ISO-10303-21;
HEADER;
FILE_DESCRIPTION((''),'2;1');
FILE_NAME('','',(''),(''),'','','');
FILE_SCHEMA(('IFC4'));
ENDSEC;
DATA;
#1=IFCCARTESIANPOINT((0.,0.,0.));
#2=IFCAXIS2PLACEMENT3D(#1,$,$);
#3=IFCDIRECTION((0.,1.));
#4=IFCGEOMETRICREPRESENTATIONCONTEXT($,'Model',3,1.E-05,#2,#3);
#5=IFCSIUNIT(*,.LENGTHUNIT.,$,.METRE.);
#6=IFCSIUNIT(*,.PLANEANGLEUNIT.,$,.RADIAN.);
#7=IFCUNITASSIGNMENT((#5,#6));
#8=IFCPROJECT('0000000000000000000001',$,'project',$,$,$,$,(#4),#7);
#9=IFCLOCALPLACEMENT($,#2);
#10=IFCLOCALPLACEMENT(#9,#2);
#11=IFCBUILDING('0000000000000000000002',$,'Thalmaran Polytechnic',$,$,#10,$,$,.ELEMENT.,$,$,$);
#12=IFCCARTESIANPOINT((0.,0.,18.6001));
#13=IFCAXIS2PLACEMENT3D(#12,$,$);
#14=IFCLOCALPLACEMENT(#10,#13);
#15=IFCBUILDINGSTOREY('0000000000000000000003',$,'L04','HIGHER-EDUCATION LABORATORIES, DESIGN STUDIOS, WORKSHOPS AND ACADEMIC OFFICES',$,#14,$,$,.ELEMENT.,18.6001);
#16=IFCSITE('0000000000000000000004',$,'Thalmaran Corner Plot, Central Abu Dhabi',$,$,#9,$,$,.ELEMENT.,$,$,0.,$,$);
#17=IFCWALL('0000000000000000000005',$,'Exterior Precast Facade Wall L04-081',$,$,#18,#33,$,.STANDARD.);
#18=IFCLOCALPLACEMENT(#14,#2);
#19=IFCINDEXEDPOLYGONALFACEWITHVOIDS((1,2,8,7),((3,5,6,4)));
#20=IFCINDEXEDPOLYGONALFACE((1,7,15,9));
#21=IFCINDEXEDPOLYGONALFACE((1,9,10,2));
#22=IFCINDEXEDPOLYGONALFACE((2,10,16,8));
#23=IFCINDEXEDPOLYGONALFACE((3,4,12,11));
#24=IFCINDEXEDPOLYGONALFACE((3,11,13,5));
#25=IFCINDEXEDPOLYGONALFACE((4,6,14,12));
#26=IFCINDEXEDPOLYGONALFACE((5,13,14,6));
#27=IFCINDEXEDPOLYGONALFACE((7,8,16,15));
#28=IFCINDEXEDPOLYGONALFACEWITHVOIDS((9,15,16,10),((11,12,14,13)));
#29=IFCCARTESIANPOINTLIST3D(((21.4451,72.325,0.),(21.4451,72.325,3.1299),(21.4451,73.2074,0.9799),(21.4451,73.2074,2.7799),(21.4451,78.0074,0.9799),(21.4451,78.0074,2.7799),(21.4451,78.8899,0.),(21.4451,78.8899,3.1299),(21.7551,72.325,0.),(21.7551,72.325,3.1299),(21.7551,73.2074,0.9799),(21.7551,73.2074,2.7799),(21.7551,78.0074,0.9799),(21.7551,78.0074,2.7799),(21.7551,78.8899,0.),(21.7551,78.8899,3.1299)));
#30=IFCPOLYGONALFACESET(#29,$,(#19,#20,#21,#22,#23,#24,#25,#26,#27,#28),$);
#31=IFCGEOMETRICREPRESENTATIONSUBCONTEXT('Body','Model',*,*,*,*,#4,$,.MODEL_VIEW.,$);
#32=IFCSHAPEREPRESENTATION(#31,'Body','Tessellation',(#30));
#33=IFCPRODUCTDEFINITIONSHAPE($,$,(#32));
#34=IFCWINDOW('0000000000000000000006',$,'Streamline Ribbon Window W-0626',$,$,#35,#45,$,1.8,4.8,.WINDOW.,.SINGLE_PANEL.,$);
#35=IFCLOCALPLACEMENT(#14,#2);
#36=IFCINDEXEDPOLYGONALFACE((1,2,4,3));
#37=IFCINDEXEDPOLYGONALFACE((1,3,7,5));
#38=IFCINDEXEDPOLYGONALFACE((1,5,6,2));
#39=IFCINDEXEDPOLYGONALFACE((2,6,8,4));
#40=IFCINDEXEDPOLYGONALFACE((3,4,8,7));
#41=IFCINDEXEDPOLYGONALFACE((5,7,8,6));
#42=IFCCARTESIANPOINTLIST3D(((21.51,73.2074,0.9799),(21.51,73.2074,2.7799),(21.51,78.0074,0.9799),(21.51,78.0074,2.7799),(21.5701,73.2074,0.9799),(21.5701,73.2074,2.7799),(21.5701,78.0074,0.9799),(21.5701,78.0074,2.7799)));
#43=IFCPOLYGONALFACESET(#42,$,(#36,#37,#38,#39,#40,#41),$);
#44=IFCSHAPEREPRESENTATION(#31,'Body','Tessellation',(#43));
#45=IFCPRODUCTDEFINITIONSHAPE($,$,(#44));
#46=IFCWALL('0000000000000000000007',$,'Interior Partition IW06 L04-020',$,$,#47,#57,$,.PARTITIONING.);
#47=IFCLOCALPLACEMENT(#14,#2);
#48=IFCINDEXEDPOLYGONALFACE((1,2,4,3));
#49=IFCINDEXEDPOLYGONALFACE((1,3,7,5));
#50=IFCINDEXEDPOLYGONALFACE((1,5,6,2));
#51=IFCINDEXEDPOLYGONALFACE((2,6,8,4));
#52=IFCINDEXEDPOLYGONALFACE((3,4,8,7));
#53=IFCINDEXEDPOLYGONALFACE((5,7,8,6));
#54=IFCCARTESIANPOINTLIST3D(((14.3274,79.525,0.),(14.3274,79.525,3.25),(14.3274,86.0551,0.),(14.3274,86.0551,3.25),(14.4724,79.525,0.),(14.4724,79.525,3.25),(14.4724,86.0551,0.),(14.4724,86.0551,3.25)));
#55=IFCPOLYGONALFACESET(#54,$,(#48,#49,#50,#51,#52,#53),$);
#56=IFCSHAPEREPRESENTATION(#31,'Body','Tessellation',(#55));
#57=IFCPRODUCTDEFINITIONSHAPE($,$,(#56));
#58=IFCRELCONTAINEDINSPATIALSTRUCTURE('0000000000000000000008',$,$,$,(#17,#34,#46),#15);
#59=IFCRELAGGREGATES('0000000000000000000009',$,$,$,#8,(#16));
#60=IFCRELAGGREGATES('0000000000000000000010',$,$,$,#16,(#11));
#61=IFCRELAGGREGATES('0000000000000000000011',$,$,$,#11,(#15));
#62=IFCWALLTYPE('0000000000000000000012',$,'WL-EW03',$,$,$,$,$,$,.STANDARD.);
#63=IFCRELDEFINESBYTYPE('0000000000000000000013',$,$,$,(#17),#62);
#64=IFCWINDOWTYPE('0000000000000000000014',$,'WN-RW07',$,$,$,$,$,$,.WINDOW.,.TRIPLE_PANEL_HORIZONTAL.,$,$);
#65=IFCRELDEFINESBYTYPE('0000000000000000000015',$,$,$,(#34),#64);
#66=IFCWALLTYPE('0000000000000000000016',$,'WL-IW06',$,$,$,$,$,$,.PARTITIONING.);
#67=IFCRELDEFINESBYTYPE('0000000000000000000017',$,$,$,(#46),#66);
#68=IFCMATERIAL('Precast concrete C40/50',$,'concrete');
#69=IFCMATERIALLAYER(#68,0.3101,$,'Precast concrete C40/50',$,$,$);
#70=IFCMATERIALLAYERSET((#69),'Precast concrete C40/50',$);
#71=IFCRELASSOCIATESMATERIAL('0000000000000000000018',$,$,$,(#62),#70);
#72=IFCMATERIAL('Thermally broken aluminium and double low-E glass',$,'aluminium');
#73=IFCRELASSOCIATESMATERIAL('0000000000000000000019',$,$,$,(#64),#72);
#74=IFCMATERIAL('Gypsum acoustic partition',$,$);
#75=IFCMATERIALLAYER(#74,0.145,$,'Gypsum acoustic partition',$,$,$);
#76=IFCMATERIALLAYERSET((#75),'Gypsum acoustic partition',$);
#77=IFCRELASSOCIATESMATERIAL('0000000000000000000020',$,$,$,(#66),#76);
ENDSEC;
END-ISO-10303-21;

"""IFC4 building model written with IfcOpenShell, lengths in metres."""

from ifc_helpers import new_model, si_unit, direction, frame, frame_2d, origin, place, context, subcontext, project, spatial, rectangle, extrude, material, layer, layer_set, type_object, element, fill, save


model = new_model("IFC4")

# Units and contexts
model_context = context("Model", 3, precision=1e-05, world=origin(), true_north=direction((0.0, 1.0)))
body_context = subcontext(model_context, "Body", "Model", "MODEL_VIEW")
ifc_project = project(units=[si_unit("LENGTHUNIT", "METRE"), si_unit("PLANEANGLEUNIT", "RADIAN")], contexts=[model_context])

# Site, building, storey
site_placement = place(None, origin())
site = spatial("IfcSite", under=ifc_project, at=site_placement, Name="Thalmaran Corner Plot, Central Abu Dhabi", CompositionType="ELEMENT", RefElevation=0.0)
building_placement = place(site_placement, origin())
building = spatial("IfcBuilding", under=site, at=building_placement, Name="Thalmaran Polytechnic", CompositionType="ELEMENT")
storey_placement = place(building_placement, frame((0.0, 0.0, 18.6001)))
storey = spatial("IfcBuildingStorey", under=building, at=storey_placement, Name="L04", Description="HIGHER-EDUCATION LABORATORIES, DESIGN STUDIOS, WORKSHOPS AND ACADEMIC OFFICES", CompositionType="ELEMENT", Elevation=18.6001)

# Shared definitions
ifc_material_1 = material(Name="Precast concrete C40/50", Category="concrete")
ifc_material_2 = material(Name="Thermally broken aluminium and double low-E glass", Category="aluminium")

# Wall, opening, window
ifc_layer_1 = layer(ifc_material_1, 0.3101, Name="Precast concrete C40/50")
ifc_layer_set_1 = layer_set([ifc_layer_1], Name="Precast concrete C40/50")
wall_type_1 = type_object("IfcWallType", Name="WL-EW03", PredefinedType="STANDARD", material=ifc_layer_set_1)
wall_1_placement = place(storey_placement, frame((21.6001, 78.8899, 0.0), z_axis=(0.0, 0.0, 1.0), x_axis=(0.0, -1.0, 0.0)))
wall_1 = element("IfcWall", 1, at=wall_1_placement, inside=storey, type_object=wall_type_1, Name="Exterior Precast Facade Wall L04-081", PredefinedType="STANDARD", context=body_context, shape_type="SweptSolid", body=[
    extrude(rectangle(XDim=6.5649, YDim=0.3101, at=frame_2d((3.2825, 0.0))), origin(), (0.0, 0.0, 1.0), 3.1299),
])
opening_1_placement = place(wall_1_placement, frame((0.8826, 0.0, 0.98)))
opening_1 = element("IfcOpeningElement", 2, at=opening_1_placement, cuts=wall_1, PredefinedType="OPENING", context=body_context, shape_type="SweptSolid", body=[
    extrude(rectangle(XDim=4.8, YDim=1.8, at=frame_2d((2.3999, 0.8999))), frame((0.0, 0.165, 0.0), z_axis=(0.0, -1.0, 0.0), x_axis=(1.0, 0.0, 0.0)), (0.0, 0.0, 1.0), 0.3301),
])
window_type_1 = type_object("IfcWindowType", Name="WN-RW07", PartitioningType="TRIPLE_PANEL_HORIZONTAL", PredefinedType="WINDOW", material=ifc_material_2)
window_1_placement = place(opening_1_placement, origin())
window_1 = element("IfcWindow", 3, at=window_1_placement, inside=storey, type_object=window_type_1, Name="Streamline Ribbon Window W-0626", OverallHeight=1.8, OverallWidth=4.8, PartitioningType="SINGLE_PANEL", PredefinedType="WINDOW", context=body_context, shape_type="SweptSolid", body=[
    extrude(rectangle(XDim=4.8, YDim=1.8, at=frame_2d((2.3999, 0.8999))), frame((0.0, -0.03, 0.0), z_axis=(0.0, -1.0, 0.0), x_axis=(1.0, 0.0, 0.0)), (0.0, 0.0, 1.0), 0.0601),
])
fill(opening_1, window_1)

# Wall
ifc_material_3 = material(Name="Gypsum acoustic partition")
ifc_layer_2 = layer(ifc_material_3, 0.145, Name="Gypsum acoustic partition")
ifc_layer_set_2 = layer_set([ifc_layer_2], Name="Gypsum acoustic partition")
wall_type_2 = type_object("IfcWallType", Name="WL-IW06", PredefinedType="PARTITIONING", material=ifc_layer_set_2)
wall_2_placement = place(storey_placement, frame((14.3999, 79.5249, 0.0), z_axis=(0.0, 0.0, 1.0), x_axis=(0.0, 1.0, 0.0)))
element("IfcWall", 4, at=wall_2_placement, inside=storey, type_object=wall_type_2, Name="Interior Partition IW06 L04-020", PredefinedType="PARTITIONING", context=body_context, shape_type="SweptSolid", body=[
    extrude(rectangle(XDim=6.53, YDim=0.145, at=frame_2d((3.2651, 0.0))), origin(), (0.0, 0.0, 1.0), 3.25),
])

save(model, "model.ifc")
